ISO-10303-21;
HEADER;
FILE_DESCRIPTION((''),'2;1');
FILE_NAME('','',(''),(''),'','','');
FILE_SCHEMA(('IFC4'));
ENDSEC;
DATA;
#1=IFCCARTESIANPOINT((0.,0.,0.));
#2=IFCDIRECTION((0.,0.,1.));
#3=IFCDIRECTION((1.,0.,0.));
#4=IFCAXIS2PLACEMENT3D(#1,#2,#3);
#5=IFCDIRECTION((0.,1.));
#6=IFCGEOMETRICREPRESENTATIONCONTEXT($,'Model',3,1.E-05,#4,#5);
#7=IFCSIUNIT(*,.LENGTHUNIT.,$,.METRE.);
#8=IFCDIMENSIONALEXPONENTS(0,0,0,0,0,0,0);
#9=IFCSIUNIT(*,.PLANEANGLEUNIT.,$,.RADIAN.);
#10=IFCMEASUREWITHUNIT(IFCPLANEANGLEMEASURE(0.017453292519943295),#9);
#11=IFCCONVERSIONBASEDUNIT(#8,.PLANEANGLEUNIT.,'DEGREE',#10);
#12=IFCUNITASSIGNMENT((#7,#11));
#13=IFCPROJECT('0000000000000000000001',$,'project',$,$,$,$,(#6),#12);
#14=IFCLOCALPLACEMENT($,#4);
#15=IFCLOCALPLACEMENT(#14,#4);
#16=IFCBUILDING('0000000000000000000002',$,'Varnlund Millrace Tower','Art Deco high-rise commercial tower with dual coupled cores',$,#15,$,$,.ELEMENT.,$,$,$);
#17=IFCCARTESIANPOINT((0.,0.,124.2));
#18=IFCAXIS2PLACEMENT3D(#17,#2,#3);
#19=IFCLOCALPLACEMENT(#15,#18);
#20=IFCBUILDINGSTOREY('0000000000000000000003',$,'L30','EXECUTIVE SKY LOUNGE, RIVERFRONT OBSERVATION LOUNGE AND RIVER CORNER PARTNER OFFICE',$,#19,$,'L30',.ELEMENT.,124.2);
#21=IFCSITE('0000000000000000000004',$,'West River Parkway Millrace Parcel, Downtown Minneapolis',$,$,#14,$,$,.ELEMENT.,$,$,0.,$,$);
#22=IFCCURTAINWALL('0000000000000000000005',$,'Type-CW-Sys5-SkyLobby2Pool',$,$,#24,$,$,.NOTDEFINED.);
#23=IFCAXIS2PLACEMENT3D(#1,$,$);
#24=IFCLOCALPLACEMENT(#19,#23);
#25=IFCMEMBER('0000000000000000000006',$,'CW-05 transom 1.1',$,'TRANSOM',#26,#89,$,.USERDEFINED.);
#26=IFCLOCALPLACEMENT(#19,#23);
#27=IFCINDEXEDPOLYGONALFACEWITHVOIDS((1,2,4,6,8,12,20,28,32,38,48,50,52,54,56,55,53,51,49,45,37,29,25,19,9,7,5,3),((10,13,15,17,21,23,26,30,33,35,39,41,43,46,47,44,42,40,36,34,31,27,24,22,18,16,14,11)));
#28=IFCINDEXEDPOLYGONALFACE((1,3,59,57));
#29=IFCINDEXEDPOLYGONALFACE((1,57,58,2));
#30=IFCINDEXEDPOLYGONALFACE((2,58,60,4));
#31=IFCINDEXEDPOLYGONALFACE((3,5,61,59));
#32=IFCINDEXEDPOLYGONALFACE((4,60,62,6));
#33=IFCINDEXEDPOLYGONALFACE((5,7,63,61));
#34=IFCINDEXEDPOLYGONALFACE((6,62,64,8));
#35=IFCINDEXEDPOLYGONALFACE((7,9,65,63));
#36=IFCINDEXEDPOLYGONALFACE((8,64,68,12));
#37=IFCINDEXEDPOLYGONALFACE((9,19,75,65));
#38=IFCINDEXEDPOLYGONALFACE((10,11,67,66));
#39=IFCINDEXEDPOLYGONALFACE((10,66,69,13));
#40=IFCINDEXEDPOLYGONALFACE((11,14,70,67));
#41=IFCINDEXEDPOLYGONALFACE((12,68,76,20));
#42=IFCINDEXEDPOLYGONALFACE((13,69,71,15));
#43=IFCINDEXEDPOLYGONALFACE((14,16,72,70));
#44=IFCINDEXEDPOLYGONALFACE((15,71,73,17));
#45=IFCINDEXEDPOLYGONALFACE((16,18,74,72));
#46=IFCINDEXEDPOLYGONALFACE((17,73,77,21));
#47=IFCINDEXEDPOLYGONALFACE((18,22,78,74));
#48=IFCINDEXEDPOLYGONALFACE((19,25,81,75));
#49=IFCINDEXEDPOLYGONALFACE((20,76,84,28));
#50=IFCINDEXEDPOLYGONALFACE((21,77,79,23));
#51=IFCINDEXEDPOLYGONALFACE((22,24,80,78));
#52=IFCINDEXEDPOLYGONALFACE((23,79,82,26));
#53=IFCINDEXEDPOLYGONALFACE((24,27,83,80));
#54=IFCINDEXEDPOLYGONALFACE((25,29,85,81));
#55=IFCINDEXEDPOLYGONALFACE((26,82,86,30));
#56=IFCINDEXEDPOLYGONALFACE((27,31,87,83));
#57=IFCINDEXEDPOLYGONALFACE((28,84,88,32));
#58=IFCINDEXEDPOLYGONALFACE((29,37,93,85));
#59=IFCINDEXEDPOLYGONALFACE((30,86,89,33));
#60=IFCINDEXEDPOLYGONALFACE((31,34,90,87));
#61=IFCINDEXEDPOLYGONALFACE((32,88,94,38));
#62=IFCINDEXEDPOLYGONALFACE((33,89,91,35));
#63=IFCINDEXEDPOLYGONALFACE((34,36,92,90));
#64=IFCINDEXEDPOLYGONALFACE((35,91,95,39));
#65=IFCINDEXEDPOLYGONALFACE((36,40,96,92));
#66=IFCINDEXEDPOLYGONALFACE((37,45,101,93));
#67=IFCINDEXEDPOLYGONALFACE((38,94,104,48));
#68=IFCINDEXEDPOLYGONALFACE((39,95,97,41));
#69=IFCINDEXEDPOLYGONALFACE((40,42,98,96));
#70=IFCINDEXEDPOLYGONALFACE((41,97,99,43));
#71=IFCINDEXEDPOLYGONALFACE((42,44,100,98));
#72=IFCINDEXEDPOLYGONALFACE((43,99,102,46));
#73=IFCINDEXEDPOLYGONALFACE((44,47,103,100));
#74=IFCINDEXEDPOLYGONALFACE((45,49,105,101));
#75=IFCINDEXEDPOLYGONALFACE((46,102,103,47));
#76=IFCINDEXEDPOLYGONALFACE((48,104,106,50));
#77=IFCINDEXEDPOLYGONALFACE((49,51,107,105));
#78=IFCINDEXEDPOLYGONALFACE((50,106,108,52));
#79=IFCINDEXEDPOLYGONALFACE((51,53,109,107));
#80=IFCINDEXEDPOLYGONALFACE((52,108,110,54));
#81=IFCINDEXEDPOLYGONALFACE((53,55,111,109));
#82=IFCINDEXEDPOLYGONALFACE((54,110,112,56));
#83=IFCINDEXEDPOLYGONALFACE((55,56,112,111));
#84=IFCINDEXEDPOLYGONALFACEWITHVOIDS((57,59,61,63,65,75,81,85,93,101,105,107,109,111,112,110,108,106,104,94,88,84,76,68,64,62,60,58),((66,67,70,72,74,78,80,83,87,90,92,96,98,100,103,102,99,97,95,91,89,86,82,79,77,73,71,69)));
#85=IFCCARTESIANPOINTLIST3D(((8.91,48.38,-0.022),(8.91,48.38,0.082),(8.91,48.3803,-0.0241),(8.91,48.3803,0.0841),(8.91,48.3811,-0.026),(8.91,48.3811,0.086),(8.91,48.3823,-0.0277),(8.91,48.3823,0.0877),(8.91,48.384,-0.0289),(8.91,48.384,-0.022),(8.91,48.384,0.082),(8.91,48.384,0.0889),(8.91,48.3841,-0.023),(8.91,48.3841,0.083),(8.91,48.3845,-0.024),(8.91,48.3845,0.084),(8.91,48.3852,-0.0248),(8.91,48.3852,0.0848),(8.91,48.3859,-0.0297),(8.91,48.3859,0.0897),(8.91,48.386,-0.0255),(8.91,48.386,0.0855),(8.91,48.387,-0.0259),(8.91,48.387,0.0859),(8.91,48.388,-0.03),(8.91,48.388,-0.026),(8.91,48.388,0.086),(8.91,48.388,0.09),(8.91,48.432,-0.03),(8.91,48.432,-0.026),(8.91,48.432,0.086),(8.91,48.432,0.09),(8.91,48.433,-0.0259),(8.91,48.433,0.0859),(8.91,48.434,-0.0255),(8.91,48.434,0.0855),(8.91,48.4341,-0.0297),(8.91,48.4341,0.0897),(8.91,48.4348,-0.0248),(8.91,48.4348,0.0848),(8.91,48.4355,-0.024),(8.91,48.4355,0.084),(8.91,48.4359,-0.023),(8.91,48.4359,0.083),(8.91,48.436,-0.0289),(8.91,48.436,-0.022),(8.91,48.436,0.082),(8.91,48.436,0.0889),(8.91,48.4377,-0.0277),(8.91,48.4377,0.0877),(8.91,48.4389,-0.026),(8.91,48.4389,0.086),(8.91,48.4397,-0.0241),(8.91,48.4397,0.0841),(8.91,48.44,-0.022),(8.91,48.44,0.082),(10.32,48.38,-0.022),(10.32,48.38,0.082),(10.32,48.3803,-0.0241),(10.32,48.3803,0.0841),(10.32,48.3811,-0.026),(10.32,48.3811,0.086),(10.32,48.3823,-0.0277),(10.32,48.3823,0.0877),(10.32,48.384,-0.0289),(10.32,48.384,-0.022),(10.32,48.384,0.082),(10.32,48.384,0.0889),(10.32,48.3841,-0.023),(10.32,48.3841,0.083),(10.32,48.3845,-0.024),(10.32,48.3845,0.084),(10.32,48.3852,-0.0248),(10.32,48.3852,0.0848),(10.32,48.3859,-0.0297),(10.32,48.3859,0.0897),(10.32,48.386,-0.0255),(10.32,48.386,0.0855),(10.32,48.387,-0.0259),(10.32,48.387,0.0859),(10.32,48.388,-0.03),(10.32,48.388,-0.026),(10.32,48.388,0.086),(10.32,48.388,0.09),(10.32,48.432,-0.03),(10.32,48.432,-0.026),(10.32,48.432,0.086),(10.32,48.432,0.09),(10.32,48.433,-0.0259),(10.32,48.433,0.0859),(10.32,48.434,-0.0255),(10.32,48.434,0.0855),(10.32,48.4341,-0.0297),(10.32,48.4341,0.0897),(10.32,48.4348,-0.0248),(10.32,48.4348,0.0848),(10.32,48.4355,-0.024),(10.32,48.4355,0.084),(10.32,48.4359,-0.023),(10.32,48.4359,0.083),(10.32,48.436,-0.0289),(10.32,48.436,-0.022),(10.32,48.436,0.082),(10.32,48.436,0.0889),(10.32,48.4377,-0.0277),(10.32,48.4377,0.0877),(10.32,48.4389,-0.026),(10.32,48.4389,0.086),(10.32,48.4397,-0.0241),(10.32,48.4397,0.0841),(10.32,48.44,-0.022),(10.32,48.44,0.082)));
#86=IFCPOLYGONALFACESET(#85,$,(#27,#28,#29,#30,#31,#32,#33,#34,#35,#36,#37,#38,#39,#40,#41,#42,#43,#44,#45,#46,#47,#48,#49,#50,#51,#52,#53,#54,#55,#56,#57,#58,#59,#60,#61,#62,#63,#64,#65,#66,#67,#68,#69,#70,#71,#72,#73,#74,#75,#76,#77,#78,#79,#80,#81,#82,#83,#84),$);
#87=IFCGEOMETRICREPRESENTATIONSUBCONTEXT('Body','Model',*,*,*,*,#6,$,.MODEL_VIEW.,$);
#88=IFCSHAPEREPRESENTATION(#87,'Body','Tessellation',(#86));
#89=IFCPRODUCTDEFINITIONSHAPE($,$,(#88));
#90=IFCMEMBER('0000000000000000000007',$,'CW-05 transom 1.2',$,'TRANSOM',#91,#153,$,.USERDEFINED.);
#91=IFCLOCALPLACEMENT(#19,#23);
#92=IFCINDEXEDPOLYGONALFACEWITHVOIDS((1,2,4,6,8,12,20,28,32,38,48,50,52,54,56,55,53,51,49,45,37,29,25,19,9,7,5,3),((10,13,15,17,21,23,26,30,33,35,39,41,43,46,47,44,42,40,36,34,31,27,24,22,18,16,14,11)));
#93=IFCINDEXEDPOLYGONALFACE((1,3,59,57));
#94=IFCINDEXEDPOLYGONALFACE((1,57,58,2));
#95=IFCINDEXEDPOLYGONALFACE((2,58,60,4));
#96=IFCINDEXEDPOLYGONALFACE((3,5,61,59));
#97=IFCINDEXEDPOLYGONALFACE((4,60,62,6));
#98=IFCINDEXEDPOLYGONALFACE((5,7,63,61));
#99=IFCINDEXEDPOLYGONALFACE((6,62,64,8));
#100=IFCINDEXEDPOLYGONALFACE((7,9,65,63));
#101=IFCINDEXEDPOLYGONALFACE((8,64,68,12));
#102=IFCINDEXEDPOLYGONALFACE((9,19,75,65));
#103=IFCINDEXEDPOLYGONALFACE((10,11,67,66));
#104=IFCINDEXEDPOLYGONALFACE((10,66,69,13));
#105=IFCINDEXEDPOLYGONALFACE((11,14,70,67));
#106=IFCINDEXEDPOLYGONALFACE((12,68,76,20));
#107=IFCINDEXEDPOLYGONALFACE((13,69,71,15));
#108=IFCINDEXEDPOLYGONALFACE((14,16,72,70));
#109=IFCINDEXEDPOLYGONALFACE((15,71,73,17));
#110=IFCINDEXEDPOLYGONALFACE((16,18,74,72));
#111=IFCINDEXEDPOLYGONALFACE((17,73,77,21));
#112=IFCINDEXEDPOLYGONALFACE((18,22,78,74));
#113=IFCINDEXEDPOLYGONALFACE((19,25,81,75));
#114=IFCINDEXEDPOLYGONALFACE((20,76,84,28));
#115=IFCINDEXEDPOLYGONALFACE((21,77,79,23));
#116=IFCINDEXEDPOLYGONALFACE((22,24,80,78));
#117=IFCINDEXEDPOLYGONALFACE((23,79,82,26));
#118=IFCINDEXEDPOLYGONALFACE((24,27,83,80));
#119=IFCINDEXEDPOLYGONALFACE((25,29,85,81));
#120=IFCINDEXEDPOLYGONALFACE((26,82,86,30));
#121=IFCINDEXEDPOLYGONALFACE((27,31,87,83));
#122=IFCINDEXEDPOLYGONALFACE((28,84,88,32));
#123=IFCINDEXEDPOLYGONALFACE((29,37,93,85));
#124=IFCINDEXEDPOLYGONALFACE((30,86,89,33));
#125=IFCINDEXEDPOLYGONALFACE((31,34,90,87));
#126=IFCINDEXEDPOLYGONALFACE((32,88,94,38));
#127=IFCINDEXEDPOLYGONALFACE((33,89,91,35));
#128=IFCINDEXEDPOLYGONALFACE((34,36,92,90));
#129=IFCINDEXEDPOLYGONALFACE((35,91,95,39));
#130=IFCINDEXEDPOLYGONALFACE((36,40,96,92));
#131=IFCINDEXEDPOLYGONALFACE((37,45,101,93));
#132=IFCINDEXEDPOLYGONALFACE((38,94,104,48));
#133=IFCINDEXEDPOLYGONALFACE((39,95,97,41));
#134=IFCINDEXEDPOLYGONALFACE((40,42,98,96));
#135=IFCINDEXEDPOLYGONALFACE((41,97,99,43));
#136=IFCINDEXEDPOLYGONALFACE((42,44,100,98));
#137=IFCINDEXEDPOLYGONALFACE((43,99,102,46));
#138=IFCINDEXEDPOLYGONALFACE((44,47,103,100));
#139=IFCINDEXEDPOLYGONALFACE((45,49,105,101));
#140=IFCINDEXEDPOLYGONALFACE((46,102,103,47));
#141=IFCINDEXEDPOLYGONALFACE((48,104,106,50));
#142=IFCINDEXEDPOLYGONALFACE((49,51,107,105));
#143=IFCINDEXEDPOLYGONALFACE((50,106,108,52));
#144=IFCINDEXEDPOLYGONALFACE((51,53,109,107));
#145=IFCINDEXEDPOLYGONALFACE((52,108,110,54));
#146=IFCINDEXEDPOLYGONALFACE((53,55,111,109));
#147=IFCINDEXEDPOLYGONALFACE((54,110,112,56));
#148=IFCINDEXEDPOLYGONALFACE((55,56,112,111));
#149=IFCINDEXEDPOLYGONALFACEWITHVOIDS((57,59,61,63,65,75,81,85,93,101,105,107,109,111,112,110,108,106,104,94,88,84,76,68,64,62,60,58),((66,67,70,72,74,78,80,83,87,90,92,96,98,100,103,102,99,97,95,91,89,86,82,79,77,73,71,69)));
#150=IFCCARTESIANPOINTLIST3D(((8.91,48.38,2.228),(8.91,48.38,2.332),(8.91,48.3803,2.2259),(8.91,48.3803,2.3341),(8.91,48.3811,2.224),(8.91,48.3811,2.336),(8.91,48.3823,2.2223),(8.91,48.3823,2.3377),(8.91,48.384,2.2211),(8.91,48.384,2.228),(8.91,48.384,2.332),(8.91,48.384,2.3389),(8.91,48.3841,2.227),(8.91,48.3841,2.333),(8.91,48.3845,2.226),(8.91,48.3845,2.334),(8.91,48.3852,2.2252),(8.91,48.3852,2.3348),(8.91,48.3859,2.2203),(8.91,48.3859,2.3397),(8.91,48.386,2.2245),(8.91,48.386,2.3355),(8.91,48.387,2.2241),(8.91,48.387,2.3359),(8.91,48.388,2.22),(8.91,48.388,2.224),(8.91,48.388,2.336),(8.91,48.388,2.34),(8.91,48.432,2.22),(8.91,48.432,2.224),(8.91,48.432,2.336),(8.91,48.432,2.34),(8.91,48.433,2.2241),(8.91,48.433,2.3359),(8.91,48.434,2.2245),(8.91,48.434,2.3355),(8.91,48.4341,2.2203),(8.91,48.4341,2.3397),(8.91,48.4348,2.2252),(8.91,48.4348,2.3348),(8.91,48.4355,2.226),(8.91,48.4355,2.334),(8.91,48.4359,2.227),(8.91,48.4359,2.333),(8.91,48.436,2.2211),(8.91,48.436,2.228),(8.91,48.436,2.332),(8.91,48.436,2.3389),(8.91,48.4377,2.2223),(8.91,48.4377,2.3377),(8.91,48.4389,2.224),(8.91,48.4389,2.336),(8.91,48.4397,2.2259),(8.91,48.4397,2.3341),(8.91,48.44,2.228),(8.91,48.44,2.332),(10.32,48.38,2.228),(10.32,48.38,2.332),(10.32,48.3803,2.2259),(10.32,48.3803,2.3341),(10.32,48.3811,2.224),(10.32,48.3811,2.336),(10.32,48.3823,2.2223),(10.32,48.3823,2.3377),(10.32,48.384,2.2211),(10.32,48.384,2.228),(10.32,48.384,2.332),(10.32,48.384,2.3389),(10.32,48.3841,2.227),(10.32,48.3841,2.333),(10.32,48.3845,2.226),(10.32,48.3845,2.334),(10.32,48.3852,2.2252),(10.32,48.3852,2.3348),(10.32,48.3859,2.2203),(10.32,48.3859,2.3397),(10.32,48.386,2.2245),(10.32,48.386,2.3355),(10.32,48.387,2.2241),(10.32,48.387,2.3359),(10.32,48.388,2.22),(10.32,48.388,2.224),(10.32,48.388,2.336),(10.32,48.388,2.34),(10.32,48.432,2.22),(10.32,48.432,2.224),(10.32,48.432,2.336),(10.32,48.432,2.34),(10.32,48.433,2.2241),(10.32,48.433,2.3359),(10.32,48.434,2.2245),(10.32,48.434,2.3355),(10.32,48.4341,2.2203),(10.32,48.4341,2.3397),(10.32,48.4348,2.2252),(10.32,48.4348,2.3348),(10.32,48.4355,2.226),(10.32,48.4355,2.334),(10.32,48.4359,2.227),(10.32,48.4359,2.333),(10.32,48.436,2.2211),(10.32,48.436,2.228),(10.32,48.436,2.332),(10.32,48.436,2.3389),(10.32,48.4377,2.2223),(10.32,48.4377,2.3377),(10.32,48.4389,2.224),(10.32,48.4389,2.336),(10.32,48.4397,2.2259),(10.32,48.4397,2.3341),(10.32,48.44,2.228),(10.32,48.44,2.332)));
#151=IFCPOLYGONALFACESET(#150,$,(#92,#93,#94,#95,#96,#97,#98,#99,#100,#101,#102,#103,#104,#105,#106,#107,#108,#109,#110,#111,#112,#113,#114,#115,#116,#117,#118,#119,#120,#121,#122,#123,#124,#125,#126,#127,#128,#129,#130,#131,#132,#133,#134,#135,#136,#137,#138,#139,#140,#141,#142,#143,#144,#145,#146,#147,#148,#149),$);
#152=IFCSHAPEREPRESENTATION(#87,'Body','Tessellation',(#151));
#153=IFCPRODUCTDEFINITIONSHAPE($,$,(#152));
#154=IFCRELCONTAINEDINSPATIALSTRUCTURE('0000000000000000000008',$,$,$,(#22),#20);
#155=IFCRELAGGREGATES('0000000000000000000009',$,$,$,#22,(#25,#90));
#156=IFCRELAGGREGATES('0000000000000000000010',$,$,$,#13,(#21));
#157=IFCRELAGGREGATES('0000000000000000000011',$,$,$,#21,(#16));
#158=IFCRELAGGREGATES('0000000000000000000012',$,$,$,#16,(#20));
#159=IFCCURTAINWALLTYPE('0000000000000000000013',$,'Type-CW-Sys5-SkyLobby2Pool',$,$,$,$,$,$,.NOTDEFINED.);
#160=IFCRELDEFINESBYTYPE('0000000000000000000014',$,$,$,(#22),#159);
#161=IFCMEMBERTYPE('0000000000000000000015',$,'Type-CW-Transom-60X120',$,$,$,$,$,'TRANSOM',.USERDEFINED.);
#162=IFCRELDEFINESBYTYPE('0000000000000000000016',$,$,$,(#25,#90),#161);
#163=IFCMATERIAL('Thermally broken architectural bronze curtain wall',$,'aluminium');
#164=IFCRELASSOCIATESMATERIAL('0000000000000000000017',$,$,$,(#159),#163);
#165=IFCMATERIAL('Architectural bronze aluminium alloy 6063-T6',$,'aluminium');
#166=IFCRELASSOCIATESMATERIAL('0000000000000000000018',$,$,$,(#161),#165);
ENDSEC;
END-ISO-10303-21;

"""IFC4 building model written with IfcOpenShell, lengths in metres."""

from ifc_helpers import new_model, entity, si_unit, converted_unit, direction, frame, origin_with_axes, origin_2d_with_axis, place, context, subcontext, project, spatial, hollow_rectangle, extrude, material, material_profile, profile_set, type_object, element, aggregate, save


model = new_model("IFC4")

# Units and contexts
model_context = context("Model", 3, precision=1e-05, world=origin_with_axes(), true_north=direction((0.0, 1.0)))
body_context = subcontext(model_context, "Body", "Model", "MODEL_VIEW")
ifc_project = project(units=[si_unit("LENGTHUNIT", "METRE"), converted_unit("PLANEANGLEUNIT", "DEGREE", entity("IfcPlaneAngleMeasure", 0.017453292519943295), si_unit("PLANEANGLEUNIT", "RADIAN"), dimensions=[0, 0, 0, 0, 0, 0, 0])], contexts=[model_context])

# Site, building, storey
site_placement = place(None, origin_with_axes())
site = spatial("IfcSite", under=ifc_project, at=site_placement, Name="West River Parkway Millrace Parcel, Downtown Minneapolis", CompositionType="ELEMENT", RefElevation=0.0)
building_placement = place(site_placement, origin_with_axes())
building = spatial("IfcBuilding", under=site, at=building_placement, Name="Varnlund Millrace Tower", Description="Art Deco high-rise commercial tower with dual coupled cores", CompositionType="ELEMENT")
storey_placement = place(building_placement, frame((0.0, 0.0, 124.2), z_axis=(0.0, 0.0, 1.0), x_axis=(1.0, 0.0, 0.0)))
storey = spatial("IfcBuildingStorey", under=building, at=storey_placement, Name="L30", Description="EXECUTIVE SKY LOUNGE, RIVERFRONT OBSERVATION LOUNGE AND RIVER CORNER PARTNER OFFICE", LongName="L30", CompositionType="ELEMENT", Elevation=124.2)

# Curtain wall, members
ifc_material_1 = material(Name="Thermally broken architectural bronze curtain wall", Category="aluminium")
curtain_wall_type = type_object("IfcCurtainWallType", Name="Type-CW-Sys5-SkyLobby2Pool", PredefinedType="NOTDEFINED", material=ifc_material_1)
curtain_wall_placement = place(storey_placement, frame((8.85, 48.41, 0.0), z_axis=(0.0, 0.0, 1.0), x_axis=(1.0, 0.0, 0.0)))
curtain_wall = element("IfcCurtainWall", 1, at=curtain_wall_placement, inside=storey, type_object=curtain_wall_type, Name="Type-CW-Sys5-SkyLobby2Pool", PredefinedType="NOTDEFINED")
ifc_material_2 = material(Name="Architectural bronze aluminium alloy 6063-T6", Category="aluminium")
ifc_material_profile_1 = material_profile(ifc_material_2, hollow_rectangle(XDim=0.06, YDim=0.12, WallThickness=0.004, InnerFilletRadius=0.004, OuterFilletRadius=0.008, at=origin_2d_with_axis()), Name="Architectural bronze aluminium alloy 6063-T6")
ifc_profile_set_1 = profile_set([ifc_material_profile_1], Name="Architectural bronze aluminium alloy 6063-T6")
member_type = type_object("IfcMemberType", Name="Type-CW-Transom-60X120", ElementType="TRANSOM", PredefinedType="USERDEFINED", material=ifc_profile_set_1)
member_1_placement = place(storey_placement, frame((8.91, 48.41, 0.03), z_axis=(1.0, 0.0, 0.0), x_axis=(0.0, 1.0, 0.0)))
member_1 = element("IfcMember", 2, at=member_1_placement, type_object=member_type, Name="CW-05 transom 1.1", ObjectType="TRANSOM", PredefinedType="USERDEFINED", context=body_context, shape_type="SweptSolid", body=[
    extrude(hollow_rectangle(XDim=0.06, YDim=0.12, WallThickness=0.004, InnerFilletRadius=0.004, OuterFilletRadius=0.008, at=origin_2d_with_axis()), origin_with_axes(), (0.0, 0.0, 1.0), 1.41),
])
member_2_placement = place(storey_placement, frame((8.91, 48.41, 2.28), z_axis=(1.0, 0.0, 0.0), x_axis=(0.0, 1.0, 0.0)))
member_2 = element("IfcMember", 3, at=member_2_placement, type_object=member_type, Name="CW-05 transom 1.2", ObjectType="TRANSOM", PredefinedType="USERDEFINED", context=body_context, shape_type="SweptSolid", body=[
    extrude(hollow_rectangle(XDim=0.06, YDim=0.12, WallThickness=0.004, InnerFilletRadius=0.004, OuterFilletRadius=0.008, at=origin_2d_with_axis()), origin_with_axes(), (0.0, 0.0, 1.0), 1.41),
])

aggregate(curtain_wall, [member_1, member_2])

save(model, "model.ifc")
